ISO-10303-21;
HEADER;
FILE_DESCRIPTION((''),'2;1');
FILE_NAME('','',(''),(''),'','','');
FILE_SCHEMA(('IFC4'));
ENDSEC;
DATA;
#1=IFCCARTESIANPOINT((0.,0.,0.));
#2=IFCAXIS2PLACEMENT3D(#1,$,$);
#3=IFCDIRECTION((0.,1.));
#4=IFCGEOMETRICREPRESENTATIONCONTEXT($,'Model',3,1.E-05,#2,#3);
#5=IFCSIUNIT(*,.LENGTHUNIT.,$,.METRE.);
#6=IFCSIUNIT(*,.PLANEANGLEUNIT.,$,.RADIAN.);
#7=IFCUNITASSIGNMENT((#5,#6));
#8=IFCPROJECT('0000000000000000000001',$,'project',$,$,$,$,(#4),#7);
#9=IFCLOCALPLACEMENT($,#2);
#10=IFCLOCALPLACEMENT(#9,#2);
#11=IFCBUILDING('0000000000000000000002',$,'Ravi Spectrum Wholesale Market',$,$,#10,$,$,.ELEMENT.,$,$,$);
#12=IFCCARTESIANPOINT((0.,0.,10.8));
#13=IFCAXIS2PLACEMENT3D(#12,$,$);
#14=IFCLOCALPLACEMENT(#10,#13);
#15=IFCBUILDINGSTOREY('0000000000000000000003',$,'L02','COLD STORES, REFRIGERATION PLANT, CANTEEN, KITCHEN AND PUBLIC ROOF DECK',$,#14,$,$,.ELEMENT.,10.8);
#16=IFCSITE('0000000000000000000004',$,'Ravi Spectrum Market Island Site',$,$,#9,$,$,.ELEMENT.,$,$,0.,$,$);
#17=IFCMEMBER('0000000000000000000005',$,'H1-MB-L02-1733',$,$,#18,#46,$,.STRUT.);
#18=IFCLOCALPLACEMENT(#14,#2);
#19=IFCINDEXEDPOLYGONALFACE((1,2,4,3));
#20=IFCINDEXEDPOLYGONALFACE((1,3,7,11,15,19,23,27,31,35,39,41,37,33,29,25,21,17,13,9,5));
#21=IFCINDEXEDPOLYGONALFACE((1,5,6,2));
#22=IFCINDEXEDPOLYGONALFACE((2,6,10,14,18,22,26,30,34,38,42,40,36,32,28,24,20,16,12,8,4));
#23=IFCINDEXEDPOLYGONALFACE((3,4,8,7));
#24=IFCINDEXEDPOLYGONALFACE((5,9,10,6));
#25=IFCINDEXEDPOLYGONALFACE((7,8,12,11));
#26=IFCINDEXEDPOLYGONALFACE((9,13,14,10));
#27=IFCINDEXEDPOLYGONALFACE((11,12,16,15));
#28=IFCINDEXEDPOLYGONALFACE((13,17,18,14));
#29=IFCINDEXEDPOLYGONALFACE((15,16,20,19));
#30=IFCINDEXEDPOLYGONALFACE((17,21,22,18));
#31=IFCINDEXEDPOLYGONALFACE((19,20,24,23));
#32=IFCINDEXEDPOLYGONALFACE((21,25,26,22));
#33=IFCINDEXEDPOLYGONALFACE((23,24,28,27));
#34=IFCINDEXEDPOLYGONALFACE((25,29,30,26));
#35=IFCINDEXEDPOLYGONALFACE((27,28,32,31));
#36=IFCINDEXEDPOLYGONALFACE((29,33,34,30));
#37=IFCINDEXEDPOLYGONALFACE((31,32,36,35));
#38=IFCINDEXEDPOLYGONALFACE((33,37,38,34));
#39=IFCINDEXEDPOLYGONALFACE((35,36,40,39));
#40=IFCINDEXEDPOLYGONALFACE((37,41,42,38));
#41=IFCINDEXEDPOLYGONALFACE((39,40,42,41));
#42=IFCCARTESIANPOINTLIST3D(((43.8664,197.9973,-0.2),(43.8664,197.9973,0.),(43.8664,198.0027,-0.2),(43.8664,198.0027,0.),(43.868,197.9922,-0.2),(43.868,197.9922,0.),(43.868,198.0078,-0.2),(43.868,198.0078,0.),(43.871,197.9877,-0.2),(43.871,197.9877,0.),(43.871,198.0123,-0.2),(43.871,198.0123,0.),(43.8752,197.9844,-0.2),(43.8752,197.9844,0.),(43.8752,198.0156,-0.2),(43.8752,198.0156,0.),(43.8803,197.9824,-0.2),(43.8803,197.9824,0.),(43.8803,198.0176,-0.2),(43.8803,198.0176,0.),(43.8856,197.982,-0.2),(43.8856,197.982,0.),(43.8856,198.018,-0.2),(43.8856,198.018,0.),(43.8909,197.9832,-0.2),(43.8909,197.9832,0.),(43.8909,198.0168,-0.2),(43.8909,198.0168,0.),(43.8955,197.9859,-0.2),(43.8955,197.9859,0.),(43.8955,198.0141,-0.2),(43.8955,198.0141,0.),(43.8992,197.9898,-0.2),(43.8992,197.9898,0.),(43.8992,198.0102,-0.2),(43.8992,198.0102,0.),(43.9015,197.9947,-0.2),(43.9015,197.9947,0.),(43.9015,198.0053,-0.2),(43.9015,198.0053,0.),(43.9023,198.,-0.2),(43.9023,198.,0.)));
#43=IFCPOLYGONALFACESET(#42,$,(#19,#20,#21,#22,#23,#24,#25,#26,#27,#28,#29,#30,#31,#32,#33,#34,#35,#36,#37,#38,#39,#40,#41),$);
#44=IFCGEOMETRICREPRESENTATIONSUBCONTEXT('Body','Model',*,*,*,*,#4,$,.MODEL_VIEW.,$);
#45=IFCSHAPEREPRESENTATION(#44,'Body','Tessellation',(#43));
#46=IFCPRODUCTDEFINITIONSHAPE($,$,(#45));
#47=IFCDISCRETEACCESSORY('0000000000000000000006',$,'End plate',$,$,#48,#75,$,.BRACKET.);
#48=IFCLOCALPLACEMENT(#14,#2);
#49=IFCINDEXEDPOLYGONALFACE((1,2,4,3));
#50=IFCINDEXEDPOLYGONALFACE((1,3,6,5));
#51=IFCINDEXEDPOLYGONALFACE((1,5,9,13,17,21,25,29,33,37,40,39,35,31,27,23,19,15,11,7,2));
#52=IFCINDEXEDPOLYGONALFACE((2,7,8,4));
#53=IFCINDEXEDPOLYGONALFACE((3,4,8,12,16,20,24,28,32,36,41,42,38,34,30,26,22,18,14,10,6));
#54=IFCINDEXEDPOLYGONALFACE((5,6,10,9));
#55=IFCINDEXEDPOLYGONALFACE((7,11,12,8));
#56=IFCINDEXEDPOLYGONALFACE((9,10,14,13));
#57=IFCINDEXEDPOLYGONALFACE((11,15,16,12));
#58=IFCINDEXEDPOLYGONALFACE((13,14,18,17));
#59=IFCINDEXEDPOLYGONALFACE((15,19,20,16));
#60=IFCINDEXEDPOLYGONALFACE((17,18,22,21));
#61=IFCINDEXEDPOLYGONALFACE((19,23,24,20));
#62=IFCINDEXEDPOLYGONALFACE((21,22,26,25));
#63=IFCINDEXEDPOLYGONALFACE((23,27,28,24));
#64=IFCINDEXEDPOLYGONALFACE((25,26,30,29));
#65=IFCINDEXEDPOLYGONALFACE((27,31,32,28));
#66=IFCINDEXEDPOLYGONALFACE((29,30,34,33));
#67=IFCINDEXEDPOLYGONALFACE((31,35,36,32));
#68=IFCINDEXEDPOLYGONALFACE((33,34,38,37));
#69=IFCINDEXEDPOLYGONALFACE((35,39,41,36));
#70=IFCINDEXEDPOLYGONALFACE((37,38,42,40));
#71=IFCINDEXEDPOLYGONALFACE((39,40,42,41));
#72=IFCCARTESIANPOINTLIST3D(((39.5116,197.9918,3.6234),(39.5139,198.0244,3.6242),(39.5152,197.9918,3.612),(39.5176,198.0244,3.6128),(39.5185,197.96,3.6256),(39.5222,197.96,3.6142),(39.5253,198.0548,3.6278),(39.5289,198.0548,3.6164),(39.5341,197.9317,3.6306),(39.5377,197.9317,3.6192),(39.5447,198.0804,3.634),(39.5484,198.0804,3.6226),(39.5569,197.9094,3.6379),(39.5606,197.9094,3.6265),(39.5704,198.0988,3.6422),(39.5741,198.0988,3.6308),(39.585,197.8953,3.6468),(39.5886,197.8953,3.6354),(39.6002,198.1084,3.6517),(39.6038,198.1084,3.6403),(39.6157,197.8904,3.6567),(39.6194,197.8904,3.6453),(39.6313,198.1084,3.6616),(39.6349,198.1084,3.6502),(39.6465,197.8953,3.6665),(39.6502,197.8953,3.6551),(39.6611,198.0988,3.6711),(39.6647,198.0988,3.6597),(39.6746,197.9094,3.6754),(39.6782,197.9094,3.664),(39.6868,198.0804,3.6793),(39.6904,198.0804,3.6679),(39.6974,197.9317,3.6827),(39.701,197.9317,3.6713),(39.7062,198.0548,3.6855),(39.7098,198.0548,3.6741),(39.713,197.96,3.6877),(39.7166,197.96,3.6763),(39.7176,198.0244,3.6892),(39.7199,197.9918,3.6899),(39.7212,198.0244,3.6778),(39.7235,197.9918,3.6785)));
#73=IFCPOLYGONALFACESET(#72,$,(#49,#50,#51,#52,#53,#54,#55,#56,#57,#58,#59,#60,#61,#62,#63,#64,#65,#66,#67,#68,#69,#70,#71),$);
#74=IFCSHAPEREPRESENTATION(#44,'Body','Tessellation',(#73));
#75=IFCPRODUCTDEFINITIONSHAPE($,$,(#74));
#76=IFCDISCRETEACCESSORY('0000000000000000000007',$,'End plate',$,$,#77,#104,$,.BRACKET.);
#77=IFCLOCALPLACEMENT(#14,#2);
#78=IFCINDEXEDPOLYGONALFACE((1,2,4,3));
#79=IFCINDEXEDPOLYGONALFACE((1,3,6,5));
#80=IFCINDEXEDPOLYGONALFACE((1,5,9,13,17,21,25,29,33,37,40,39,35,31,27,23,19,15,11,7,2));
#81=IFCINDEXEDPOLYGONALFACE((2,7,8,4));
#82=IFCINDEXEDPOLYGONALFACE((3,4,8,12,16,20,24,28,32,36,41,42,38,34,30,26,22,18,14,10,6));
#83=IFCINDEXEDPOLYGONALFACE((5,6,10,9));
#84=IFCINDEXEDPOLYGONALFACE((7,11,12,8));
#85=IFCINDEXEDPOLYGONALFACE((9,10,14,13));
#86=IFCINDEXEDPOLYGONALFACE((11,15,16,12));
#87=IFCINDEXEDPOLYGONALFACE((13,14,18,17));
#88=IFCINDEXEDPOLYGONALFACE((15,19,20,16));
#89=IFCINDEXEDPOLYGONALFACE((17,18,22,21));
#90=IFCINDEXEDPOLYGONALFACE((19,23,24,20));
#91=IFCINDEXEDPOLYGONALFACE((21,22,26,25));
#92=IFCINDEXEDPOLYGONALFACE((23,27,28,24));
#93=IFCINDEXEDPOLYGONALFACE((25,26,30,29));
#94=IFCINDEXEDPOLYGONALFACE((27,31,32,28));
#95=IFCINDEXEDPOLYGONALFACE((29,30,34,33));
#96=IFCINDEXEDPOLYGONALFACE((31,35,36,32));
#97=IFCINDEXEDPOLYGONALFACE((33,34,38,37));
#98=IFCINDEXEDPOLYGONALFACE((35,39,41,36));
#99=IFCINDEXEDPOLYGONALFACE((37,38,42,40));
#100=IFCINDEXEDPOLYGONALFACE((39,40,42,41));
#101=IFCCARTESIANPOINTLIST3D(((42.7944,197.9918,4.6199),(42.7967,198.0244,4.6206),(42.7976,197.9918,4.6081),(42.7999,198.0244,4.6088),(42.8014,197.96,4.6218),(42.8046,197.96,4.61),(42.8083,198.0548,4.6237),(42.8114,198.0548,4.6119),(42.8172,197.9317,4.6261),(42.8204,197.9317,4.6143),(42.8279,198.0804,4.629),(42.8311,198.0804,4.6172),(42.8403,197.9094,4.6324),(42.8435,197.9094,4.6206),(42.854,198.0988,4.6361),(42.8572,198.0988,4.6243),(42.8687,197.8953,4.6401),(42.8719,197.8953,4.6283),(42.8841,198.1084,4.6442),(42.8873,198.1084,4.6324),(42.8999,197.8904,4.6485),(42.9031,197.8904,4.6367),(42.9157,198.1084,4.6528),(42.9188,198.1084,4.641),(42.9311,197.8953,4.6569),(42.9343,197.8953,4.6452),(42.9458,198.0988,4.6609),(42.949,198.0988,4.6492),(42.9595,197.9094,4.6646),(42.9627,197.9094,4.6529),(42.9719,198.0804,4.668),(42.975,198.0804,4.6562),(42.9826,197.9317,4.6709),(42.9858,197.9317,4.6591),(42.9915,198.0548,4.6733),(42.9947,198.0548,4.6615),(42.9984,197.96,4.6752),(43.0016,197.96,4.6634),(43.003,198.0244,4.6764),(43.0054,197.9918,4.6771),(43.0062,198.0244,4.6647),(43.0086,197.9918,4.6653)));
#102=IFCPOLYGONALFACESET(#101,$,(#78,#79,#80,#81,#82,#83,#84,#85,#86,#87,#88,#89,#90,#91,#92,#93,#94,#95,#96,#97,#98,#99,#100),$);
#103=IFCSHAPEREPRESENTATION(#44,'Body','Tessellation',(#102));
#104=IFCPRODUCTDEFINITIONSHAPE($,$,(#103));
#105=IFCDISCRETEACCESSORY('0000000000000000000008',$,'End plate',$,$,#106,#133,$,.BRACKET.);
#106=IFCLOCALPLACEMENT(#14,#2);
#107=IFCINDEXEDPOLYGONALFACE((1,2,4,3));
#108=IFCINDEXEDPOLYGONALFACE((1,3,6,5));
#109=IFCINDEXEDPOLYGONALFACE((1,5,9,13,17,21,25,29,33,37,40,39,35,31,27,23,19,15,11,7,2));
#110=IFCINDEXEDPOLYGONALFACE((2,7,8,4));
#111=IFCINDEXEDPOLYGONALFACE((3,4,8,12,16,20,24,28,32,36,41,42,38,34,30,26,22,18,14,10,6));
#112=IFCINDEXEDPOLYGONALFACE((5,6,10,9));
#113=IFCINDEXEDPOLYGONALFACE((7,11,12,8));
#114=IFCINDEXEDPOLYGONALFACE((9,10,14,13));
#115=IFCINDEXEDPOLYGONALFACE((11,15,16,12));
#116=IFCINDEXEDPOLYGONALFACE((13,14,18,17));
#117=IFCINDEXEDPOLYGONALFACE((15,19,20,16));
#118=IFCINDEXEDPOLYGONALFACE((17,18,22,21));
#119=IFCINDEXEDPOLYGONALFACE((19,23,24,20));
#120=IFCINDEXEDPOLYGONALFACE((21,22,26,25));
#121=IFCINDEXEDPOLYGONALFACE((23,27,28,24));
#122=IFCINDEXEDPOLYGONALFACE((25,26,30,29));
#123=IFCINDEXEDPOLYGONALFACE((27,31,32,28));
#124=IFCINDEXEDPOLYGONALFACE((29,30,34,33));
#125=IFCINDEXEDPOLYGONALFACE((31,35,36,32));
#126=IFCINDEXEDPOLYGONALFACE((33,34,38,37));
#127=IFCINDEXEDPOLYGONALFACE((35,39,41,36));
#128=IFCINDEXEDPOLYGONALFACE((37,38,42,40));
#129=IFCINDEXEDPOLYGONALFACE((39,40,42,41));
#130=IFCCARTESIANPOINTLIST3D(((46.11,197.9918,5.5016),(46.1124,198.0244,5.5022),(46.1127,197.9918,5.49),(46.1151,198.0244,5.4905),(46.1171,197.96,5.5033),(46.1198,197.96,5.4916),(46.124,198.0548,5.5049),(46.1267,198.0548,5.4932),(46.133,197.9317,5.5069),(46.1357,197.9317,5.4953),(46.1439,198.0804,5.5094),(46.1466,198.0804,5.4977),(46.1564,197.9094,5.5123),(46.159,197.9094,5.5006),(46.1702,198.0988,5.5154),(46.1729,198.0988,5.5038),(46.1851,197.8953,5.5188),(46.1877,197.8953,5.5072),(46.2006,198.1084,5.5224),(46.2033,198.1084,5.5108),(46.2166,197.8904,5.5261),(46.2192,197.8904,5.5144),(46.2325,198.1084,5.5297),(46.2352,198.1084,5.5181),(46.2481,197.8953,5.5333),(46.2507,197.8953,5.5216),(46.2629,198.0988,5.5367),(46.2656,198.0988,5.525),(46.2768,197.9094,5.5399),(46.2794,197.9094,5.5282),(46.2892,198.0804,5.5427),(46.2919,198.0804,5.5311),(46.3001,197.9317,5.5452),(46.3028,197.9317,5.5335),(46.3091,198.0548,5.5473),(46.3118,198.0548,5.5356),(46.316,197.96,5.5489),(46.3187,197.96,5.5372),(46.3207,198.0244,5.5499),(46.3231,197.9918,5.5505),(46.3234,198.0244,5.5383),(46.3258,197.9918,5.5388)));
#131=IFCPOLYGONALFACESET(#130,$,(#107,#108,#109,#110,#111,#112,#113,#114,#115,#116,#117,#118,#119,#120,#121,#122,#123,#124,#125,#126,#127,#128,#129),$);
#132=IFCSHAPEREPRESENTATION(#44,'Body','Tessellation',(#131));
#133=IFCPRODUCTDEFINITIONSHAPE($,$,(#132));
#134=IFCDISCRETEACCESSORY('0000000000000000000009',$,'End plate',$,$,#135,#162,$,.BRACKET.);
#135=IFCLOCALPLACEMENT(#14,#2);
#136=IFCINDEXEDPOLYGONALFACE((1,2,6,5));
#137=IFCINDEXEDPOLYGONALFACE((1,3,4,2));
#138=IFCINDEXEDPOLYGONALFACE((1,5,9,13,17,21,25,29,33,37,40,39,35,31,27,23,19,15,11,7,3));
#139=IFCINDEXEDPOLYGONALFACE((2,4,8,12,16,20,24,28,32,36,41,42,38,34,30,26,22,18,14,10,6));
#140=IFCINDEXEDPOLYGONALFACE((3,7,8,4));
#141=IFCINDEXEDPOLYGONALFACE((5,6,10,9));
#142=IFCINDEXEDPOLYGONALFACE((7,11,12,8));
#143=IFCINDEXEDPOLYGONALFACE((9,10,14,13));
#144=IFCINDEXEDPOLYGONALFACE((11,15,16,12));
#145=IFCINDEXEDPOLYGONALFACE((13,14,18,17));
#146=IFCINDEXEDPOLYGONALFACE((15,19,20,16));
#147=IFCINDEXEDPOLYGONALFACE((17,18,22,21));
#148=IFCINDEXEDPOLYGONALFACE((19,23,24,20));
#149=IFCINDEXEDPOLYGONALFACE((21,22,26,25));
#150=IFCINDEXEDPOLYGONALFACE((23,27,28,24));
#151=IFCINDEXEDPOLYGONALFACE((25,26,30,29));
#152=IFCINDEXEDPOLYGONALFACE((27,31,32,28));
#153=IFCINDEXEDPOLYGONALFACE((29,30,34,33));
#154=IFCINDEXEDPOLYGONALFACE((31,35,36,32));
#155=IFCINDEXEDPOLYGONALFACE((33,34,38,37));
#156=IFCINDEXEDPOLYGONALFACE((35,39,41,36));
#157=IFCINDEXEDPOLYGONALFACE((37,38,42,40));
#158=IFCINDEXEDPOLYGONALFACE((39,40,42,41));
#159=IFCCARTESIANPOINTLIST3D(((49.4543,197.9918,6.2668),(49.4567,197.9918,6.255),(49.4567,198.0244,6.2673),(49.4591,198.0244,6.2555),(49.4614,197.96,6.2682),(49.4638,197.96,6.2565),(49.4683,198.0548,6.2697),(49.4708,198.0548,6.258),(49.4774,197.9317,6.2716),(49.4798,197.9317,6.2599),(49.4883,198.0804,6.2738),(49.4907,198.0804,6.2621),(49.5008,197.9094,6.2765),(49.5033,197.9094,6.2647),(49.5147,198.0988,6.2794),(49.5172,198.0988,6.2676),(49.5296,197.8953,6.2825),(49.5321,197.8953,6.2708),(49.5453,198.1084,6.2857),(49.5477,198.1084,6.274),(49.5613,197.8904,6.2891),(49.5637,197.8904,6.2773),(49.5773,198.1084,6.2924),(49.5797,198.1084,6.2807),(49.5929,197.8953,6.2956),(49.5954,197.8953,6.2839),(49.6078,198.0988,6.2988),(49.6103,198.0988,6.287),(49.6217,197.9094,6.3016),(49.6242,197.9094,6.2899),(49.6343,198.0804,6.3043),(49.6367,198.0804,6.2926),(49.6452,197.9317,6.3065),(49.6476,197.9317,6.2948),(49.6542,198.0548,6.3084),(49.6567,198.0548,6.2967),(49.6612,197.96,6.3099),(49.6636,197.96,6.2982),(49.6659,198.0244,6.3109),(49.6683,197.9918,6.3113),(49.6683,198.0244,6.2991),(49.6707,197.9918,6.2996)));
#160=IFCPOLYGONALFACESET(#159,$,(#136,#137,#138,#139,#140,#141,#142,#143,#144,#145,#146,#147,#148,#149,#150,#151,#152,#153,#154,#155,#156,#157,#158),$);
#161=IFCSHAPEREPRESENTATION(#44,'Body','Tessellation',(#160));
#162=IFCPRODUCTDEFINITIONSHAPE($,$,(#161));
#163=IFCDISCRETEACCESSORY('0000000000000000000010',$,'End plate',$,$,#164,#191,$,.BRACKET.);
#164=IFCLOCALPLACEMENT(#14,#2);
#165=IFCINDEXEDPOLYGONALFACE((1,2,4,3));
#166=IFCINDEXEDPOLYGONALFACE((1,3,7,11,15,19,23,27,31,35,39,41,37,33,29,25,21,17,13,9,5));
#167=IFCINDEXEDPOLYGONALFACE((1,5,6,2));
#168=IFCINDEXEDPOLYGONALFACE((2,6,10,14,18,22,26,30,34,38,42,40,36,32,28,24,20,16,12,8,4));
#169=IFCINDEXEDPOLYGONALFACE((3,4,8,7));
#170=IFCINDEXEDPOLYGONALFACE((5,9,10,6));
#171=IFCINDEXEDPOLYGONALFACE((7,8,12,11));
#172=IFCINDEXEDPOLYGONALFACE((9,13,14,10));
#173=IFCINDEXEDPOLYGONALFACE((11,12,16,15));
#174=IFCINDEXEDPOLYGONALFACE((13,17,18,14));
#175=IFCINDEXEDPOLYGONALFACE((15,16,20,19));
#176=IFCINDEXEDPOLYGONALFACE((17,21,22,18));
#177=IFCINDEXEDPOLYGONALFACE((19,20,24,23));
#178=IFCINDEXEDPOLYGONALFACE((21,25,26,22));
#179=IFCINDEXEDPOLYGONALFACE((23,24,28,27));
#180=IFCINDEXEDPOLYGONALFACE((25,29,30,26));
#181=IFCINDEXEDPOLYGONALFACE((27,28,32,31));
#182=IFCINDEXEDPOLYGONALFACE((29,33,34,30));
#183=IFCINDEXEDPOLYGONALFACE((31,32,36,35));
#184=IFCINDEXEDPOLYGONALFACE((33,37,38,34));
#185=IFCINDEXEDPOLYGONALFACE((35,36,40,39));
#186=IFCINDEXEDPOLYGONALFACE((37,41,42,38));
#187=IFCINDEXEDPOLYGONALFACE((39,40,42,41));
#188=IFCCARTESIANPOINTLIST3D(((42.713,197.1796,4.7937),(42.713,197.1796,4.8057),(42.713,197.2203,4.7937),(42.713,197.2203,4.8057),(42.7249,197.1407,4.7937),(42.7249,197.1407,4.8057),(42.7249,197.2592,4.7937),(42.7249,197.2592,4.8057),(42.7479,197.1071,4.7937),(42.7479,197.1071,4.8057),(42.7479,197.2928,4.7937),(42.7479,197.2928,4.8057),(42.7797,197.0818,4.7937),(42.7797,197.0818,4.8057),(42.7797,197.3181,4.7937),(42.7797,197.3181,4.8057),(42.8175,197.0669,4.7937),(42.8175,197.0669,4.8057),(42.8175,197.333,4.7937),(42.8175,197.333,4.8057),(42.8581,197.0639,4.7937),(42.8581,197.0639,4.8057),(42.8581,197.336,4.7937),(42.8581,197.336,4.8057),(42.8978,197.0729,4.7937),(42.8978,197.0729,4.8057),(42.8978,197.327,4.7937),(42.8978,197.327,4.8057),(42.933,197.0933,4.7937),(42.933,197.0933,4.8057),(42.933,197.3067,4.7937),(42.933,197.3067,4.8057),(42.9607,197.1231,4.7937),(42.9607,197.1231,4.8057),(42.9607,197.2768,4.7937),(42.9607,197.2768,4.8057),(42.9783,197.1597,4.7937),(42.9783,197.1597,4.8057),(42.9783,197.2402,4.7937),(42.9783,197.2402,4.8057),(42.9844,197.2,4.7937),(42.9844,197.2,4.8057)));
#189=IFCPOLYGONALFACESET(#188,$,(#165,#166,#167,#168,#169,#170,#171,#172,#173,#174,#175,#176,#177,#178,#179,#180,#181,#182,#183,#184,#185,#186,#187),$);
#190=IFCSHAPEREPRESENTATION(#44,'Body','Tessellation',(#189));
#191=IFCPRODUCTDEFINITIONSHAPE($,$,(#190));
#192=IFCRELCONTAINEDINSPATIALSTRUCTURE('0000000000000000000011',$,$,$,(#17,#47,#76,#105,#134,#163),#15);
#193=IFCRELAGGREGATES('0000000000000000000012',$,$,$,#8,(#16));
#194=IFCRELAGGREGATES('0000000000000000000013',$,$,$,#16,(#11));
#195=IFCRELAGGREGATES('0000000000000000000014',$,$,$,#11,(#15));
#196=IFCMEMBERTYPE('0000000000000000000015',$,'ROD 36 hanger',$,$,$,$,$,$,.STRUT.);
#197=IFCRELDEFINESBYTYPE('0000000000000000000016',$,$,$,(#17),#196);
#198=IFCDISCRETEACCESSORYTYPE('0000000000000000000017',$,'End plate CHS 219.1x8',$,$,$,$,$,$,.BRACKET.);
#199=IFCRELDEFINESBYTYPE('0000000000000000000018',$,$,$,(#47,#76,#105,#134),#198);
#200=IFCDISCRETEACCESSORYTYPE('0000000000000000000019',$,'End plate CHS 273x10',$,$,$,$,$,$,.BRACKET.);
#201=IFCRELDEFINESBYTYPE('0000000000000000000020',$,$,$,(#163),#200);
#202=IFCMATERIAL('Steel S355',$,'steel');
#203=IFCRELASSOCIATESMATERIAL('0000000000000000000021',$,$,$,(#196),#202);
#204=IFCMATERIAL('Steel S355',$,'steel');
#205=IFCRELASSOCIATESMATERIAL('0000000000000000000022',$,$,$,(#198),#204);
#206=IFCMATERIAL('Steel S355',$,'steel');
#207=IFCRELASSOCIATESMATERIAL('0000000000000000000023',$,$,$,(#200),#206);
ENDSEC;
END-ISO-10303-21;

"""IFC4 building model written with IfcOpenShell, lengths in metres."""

from ifc_helpers import new_model, si_unit, direction, frame, origin, origin_2d, place, context, subcontext, project, spatial, circle, extrude, material, material_profile, profile_set, type_object, element, save


model = new_model("IFC4")

# Units and contexts
model_context = context("Model", 3, precision=1e-05, world=origin(), true_north=direction((0.0, 1.0)))
body_context = subcontext(model_context, "Body", "Model", "MODEL_VIEW")
ifc_project = project(units=[si_unit("LENGTHUNIT", "METRE"), si_unit("PLANEANGLEUNIT", "RADIAN")], contexts=[model_context])

# Site, building, storey
site_placement = place(None, origin())
site = spatial("IfcSite", under=ifc_project, at=site_placement, Name="Ravi Spectrum Market Island Site", CompositionType="ELEMENT", RefElevation=0.0)
building_placement = place(site_placement, origin())
building = spatial("IfcBuilding", under=site, at=building_placement, Name="Ravi Spectrum Wholesale Market", CompositionType="ELEMENT")
storey_placement = place(building_placement, frame((0.0, 0.0, 10.8)))
storey = spatial("IfcBuildingStorey", under=building, at=storey_placement, Name="L02", Description="COLD STORES, REFRIGERATION PLANT, CANTEEN, KITCHEN AND PUBLIC ROOF DECK", CompositionType="ELEMENT", Elevation=10.8)

# Member
ifc_material_1 = material(Name="Steel S355", Category="steel")
ifc_material_profile_1 = material_profile(ifc_material_1, circle(Radius=0.0181, at=origin_2d()))
ifc_profile_set_1 = profile_set([ifc_material_profile_1], Name="Steel S355")
member_type_1 = type_object("IfcMemberType", Name="ROD 36 hanger", PredefinedType="STRUT", material=ifc_profile_set_1)
member_1_placement = place(storey_placement, frame((43.8843, 198.0, 0.0), z_axis=(0.0, 0.0, -1.0), x_axis=(1.0, 0.0, 0.0)))
element("IfcMember", 1, at=member_1_placement, inside=storey, type_object=member_type_1, Name="H1-MB-L02-1733", PredefinedType="STRUT", context=body_context, shape_type="SweptSolid", body=[
    extrude(circle(Radius=0.0181, at=origin_2d()), origin(), (0.0, 0.0, 1.0), 0.2),
])

# Discrete accessories
ifc_material_2 = material(Name="Steel S355", Category="steel")
ifc_material_profile_2 = material_profile(ifc_material_2, circle(Radius=0.1096, at=origin_2d()))
ifc_profile_set_2 = profile_set([ifc_material_profile_2], Name="Steel S355")
discrete_accessory_type_1 = type_object("IfcDiscreteAccessoryType", Name="End plate CHS 219.1x8", PredefinedType="BRACKET", material=ifc_profile_set_2)
discrete_accessory_1_placement = place(storey_placement, frame((39.6194, 198.0, 3.6453), z_axis=(-0.30404, 0.0, 0.952659), x_axis=(0.0, -1.0, 0.0)))
element("IfcDiscreteAccessory", 2, at=discrete_accessory_1_placement, inside=storey, type_object=discrete_accessory_type_1, Name="End plate", PredefinedType="BRACKET", context=body_context, shape_type="SweptSolid", body=[
    extrude(circle(Radius=0.1096, at=origin_2d()), origin(), (0.0, 0.0, 1.0), 0.012),
])
discrete_accessory_2_placement = place(storey_placement, frame((42.9031, 198.0, 4.6367), z_axis=(-0.261415, 0.0, 0.965226), x_axis=(0.0, -1.0, 0.0)))
element("IfcDiscreteAccessory", 3, at=discrete_accessory_2_placement, inside=storey, type_object=discrete_accessory_type_1, Name="End plate", PredefinedType="BRACKET", context=body_context, shape_type="SweptSolid", body=[
    extrude(circle(Radius=0.1096, at=origin_2d()), origin(), (0.0, 0.0, 1.0), 0.0122),
])
for number, where, z_axis, x_axis, name in (
    (4, (46.2192, 198.0, 5.5144), (-0.223376, 0.0, 0.974732), (0.0, -1.0, 0.0), "End plate"),
    (5, (49.5637, 198.0, 6.2773), (-0.203954, 0.0, 0.97898), (0.0, -1.0, 0.0), "End plate"),
):
    element("IfcDiscreteAccessory", number, at=place(storey_placement, frame(where, z_axis=z_axis, x_axis=x_axis)), inside=storey, type_object=discrete_accessory_type_1, Name=name, PredefinedType="BRACKET", context=body_context, shape_type="SweptSolid", body=[
        extrude(circle(Radius=0.1096, at=origin_2d()), origin(), (0.0, 0.0, 1.0), 0.012),
    ])
ifc_material_3 = material(Name="Steel S355", Category="steel")
ifc_material_profile_3 = material_profile(ifc_material_3, circle(Radius=0.1365, at=origin_2d()))
ifc_profile_set_3 = profile_set([ifc_material_profile_3], Name="Steel S355")
discrete_accessory_type_2 = type_object("IfcDiscreteAccessoryType", Name="End plate CHS 273x10", PredefinedType="BRACKET", material=ifc_profile_set_3)
for number, where, z_axis, x_axis, name in (
    (6, (42.8479, 197.2, 4.7937), (0.0, 0.0, 1.0), (1.0, 0.0, 0.0), "End plate"),
):
    element("IfcDiscreteAccessory", number, at=place(storey_placement, frame(where, z_axis=z_axis, x_axis=x_axis)), inside=storey, type_object=discrete_accessory_type_2, Name=name, PredefinedType="BRACKET", context=body_context, shape_type="SweptSolid", body=[
        extrude(circle(Radius=0.1365, at=origin_2d()), origin(), (0.0, 0.0, 1.0), 0.012),
    ])

save(model, "model.ifc")
